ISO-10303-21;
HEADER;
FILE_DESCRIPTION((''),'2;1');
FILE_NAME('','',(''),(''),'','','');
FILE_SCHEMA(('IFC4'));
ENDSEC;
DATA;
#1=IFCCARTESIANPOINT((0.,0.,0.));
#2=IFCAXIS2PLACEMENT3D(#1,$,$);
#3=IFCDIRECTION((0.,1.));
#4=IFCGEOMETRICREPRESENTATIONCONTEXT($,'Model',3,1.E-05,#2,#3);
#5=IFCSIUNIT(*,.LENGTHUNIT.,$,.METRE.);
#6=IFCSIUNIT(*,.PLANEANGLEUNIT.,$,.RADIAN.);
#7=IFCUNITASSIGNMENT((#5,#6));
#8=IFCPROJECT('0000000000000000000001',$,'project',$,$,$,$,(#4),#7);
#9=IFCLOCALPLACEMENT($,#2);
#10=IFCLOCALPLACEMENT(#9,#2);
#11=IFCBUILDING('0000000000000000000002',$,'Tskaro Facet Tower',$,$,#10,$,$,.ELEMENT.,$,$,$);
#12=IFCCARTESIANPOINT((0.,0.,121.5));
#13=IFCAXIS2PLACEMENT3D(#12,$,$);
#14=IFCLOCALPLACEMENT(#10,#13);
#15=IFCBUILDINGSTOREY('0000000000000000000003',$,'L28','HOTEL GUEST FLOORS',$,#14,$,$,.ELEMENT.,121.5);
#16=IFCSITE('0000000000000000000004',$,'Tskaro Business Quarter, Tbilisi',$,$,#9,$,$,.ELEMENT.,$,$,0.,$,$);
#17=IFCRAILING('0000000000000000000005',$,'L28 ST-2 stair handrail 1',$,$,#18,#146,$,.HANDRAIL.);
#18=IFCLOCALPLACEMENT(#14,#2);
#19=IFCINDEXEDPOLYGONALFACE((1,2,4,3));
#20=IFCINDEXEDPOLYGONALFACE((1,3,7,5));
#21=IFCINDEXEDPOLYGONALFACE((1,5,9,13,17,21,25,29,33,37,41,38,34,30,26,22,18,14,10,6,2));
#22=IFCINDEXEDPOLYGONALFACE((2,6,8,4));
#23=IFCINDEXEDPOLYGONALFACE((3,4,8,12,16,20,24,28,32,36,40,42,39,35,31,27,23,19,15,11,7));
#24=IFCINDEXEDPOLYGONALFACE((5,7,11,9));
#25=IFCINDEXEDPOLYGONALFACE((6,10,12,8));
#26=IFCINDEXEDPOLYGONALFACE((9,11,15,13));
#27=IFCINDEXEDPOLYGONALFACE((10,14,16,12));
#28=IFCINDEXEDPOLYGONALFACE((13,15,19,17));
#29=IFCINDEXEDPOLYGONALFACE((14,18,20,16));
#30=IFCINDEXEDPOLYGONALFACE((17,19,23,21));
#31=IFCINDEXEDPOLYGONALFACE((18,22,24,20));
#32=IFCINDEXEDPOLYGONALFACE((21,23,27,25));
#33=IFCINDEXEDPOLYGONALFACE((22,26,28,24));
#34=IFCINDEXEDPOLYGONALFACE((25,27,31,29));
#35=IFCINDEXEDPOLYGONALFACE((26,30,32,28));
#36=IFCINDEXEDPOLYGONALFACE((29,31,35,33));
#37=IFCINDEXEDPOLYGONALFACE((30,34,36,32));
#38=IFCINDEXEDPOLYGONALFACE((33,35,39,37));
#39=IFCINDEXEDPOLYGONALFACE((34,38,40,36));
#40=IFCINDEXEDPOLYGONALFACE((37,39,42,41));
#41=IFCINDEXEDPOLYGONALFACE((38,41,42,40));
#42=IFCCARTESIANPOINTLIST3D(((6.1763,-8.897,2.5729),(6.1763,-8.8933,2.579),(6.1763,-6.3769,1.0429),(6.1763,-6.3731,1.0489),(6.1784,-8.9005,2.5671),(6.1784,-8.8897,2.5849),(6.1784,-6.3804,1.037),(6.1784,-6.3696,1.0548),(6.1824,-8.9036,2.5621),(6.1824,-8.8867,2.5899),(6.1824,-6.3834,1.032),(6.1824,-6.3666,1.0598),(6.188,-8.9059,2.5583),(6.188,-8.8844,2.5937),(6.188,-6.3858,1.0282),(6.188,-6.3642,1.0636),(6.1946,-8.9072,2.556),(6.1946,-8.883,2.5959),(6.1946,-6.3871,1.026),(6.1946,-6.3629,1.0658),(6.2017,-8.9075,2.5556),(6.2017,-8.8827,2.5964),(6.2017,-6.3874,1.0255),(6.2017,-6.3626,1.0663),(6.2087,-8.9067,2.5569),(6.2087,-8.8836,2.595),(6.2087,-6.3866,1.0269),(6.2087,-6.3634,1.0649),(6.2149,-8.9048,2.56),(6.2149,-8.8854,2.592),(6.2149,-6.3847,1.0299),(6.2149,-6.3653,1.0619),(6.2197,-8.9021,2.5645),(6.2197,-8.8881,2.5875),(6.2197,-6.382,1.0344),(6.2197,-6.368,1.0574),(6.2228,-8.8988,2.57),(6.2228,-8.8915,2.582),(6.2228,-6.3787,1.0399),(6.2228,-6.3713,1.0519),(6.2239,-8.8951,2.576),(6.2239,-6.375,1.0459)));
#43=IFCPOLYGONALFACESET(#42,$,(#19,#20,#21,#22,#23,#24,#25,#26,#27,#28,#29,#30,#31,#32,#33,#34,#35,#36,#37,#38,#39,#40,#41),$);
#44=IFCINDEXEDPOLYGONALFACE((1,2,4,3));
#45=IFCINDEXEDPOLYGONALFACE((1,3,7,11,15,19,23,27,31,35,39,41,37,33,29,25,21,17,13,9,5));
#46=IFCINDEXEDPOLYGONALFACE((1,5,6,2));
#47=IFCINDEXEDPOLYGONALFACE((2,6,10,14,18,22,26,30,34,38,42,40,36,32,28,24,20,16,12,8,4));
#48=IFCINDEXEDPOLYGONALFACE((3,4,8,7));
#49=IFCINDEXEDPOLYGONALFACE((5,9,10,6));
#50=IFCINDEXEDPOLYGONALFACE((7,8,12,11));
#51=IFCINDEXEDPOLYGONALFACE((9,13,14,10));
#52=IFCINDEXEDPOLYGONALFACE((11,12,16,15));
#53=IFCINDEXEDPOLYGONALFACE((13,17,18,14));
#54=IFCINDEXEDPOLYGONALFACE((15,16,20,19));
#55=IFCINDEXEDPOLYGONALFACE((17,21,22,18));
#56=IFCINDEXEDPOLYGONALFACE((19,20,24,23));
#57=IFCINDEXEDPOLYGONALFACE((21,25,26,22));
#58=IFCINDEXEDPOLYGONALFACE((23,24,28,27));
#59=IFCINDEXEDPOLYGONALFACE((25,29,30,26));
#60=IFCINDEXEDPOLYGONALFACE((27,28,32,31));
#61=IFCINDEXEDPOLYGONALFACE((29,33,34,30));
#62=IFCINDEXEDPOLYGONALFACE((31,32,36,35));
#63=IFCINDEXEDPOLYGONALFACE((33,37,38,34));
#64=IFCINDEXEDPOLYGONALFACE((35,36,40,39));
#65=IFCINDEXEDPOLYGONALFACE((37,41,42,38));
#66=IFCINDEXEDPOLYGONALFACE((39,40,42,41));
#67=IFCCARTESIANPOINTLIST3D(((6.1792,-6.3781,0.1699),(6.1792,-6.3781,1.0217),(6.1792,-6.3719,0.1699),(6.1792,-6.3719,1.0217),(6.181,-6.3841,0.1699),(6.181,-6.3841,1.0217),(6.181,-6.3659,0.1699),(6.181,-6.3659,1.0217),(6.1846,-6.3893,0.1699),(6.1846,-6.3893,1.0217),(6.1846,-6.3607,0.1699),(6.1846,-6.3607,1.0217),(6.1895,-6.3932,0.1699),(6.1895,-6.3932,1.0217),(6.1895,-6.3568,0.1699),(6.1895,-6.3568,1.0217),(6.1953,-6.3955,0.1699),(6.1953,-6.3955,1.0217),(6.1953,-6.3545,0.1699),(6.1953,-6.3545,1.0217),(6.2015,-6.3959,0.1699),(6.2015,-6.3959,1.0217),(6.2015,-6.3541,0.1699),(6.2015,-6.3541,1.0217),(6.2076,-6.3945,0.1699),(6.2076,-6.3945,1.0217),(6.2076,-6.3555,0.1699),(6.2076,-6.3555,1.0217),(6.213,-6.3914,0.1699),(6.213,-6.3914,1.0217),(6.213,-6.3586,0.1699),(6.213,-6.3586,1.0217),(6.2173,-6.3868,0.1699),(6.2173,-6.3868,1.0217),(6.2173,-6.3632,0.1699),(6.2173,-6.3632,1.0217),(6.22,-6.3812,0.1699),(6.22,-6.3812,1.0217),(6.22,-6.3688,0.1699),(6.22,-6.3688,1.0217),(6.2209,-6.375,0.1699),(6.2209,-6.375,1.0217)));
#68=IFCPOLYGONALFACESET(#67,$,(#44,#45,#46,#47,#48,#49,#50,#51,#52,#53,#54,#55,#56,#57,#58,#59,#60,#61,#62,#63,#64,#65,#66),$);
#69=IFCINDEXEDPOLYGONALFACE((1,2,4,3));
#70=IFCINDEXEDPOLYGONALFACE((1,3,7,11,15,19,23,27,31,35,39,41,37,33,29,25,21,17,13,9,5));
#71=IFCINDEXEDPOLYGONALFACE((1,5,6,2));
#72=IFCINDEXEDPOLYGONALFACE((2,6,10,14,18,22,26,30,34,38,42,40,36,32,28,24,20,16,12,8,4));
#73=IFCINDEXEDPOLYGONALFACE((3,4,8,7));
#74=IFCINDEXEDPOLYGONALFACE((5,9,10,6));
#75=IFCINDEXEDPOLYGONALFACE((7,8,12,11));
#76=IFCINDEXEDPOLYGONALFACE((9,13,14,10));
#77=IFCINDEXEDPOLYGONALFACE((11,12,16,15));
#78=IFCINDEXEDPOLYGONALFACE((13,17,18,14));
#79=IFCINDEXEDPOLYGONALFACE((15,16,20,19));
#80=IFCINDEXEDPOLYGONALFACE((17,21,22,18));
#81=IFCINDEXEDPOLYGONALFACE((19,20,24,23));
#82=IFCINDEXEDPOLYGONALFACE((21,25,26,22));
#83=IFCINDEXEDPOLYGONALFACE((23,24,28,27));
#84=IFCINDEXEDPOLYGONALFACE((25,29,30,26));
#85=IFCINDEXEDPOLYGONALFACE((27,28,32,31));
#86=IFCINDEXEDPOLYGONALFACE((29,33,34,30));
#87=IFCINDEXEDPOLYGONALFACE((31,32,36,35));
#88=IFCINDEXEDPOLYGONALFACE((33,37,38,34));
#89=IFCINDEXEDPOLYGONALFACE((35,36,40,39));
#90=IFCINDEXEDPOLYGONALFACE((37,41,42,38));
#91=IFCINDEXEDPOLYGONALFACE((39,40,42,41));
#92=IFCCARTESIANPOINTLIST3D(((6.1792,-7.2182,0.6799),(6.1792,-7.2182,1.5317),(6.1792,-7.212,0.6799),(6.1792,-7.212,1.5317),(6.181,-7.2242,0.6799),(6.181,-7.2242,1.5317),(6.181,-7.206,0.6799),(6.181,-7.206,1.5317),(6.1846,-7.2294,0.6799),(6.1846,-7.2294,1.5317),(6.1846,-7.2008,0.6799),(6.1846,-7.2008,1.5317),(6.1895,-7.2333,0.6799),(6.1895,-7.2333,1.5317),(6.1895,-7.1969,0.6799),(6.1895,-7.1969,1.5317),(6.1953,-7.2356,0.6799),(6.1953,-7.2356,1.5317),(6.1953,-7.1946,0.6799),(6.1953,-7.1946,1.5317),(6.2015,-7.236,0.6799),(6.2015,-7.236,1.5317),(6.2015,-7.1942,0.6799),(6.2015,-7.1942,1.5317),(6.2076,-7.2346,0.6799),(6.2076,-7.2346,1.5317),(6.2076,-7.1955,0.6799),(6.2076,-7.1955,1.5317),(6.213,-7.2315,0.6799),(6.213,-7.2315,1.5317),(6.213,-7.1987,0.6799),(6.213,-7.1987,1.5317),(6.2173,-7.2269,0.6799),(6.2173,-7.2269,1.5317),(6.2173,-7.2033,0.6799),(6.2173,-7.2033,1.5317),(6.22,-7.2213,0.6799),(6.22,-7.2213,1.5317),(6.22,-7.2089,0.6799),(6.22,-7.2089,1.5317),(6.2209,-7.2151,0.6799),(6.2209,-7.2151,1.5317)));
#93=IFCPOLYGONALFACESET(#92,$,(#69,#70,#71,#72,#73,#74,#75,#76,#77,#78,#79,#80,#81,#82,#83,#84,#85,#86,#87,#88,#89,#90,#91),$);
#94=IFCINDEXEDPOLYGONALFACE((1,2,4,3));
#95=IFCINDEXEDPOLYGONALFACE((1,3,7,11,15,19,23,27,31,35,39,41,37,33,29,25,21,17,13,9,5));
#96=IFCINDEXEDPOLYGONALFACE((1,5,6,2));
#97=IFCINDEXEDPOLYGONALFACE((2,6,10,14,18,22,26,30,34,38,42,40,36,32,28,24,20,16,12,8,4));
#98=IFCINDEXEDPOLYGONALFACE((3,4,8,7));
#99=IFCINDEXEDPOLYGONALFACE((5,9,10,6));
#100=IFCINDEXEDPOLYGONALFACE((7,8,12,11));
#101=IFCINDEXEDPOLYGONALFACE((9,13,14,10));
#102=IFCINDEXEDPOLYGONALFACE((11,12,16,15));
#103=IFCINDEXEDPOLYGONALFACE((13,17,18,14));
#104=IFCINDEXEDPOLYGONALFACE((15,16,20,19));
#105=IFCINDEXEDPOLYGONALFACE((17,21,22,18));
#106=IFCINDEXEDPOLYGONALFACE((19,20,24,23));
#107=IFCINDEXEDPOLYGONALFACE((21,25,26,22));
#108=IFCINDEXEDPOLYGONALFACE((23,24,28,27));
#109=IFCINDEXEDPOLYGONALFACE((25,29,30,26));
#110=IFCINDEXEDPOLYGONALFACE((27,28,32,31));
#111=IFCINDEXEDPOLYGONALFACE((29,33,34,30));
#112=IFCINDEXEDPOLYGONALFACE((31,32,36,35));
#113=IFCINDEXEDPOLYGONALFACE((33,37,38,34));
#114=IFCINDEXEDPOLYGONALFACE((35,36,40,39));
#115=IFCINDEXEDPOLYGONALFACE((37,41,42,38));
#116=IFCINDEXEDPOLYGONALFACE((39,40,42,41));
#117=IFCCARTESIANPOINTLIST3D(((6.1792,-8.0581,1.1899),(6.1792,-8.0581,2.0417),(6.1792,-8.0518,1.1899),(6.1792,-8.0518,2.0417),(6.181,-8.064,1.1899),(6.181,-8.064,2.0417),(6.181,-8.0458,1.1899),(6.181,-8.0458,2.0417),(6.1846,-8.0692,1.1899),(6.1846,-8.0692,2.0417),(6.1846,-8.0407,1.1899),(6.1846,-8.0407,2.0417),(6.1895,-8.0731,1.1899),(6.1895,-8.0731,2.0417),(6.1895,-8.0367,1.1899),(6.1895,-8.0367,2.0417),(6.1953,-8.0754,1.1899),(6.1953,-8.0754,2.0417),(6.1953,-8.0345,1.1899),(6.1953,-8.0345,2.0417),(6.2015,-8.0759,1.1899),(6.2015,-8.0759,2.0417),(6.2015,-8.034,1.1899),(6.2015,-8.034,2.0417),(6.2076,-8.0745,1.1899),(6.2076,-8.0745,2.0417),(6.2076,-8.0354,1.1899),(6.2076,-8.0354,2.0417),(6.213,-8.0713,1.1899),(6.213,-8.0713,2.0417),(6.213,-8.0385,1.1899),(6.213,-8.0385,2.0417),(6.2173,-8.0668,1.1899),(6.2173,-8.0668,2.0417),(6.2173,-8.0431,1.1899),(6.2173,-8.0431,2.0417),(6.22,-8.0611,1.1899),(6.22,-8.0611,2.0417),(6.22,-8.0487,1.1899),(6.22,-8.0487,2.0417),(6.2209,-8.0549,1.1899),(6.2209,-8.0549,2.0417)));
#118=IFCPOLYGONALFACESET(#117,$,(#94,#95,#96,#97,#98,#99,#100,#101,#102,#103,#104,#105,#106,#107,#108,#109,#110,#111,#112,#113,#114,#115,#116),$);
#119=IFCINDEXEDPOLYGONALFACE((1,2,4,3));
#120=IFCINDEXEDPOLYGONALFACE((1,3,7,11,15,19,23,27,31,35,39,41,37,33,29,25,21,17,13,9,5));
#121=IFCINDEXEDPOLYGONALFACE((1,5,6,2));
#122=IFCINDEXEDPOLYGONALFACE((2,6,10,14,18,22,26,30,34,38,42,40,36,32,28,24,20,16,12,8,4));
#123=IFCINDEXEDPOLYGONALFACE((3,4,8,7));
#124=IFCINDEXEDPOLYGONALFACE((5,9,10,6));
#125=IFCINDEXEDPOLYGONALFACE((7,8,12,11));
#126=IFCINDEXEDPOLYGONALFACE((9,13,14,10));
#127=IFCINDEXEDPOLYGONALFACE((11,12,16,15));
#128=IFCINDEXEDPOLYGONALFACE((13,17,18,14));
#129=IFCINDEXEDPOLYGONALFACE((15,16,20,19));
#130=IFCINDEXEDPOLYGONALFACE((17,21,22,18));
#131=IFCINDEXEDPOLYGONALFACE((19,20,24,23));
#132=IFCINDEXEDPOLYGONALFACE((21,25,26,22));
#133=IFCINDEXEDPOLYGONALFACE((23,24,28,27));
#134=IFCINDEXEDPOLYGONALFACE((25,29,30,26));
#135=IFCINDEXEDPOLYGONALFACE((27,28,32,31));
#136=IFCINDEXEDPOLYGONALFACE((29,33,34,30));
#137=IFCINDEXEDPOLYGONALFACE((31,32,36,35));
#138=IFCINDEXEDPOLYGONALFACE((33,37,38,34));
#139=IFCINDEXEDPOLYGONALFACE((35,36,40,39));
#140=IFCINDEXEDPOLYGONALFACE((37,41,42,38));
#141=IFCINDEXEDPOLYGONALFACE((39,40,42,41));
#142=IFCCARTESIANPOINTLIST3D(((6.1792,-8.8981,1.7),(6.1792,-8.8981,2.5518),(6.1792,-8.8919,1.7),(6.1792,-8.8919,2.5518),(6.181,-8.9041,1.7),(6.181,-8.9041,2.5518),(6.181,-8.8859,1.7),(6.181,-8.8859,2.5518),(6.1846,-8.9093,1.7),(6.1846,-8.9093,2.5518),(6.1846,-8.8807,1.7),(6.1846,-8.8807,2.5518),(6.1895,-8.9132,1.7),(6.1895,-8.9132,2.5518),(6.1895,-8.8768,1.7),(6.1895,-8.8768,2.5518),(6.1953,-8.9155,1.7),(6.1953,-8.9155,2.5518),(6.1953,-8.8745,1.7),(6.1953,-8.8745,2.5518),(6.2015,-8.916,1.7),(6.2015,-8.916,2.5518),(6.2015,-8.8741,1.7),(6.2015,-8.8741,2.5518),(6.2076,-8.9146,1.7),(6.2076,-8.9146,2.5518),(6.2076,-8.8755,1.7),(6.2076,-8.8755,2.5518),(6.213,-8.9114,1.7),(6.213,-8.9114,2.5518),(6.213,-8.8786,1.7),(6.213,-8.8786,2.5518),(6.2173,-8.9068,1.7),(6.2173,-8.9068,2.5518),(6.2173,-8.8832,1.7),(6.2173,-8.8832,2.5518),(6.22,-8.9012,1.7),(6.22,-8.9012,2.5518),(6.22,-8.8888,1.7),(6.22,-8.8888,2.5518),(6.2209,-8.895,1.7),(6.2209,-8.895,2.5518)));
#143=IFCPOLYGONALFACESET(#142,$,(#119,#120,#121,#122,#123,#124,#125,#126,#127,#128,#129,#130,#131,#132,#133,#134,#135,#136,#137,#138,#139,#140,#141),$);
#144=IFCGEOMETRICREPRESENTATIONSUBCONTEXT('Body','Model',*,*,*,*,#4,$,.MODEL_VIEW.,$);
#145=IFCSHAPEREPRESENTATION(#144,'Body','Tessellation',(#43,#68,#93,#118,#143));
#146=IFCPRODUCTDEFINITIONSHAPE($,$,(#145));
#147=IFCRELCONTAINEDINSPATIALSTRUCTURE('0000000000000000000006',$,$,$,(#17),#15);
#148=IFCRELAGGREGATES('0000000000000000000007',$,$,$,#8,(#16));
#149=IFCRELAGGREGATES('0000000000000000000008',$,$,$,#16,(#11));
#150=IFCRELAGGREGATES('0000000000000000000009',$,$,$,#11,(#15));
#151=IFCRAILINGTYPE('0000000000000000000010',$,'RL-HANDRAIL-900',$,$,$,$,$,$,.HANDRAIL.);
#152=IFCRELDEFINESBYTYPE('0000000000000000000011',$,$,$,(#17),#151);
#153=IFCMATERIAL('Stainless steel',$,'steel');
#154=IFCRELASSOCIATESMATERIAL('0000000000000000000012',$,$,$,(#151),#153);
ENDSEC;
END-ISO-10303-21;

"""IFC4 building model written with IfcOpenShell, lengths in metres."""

from ifc_helpers import new_model, si_unit, direction, frame, origin, origin_2d, place, context, subcontext, project, spatial, circle, extrude, material, type_object, element, save


model = new_model("IFC4")

# Units and contexts
model_context = context("Model", 3, precision=1e-05, world=origin(), true_north=direction((0.0, 1.0)))
body_context = subcontext(model_context, "Body", "Model", "MODEL_VIEW")
ifc_project = project(units=[si_unit("LENGTHUNIT", "METRE"), si_unit("PLANEANGLEUNIT", "RADIAN")], contexts=[model_context])

# Site, building, storey
site_placement = place(None, origin())
site = spatial("IfcSite", under=ifc_project, at=site_placement, Name="Tskaro Business Quarter, Tbilisi", CompositionType="ELEMENT", RefElevation=0.0)
building_placement = place(site_placement, origin())
building = spatial("IfcBuilding", under=site, at=building_placement, Name="Tskaro Facet Tower", CompositionType="ELEMENT")
storey_placement = place(building_placement, frame((0.0, 0.0, 121.5)))
storey = spatial("IfcBuildingStorey", under=building, at=storey_placement, Name="L28", Description="HOTEL GUEST FLOORS", CompositionType="ELEMENT", Elevation=121.5)

# Railing
ifc_material_1 = material(Name="Stainless steel", Category="steel")
railing_type_1 = type_object("IfcRailingType", Name="RL-HANDRAIL-900", PredefinedType="HANDRAIL", material=ifc_material_1)
railing_1_placement = place(storey_placement, frame((6.2, -6.375, 0.1699)))
element("IfcRailing", 1, at=railing_1_placement, inside=storey, type_object=railing_type_1, Name="L28 ST-2 stair handrail 1", PredefinedType="HANDRAIL", context=body_context, shape_type="SweptSolid", body=[
    extrude(circle(Radius=0.0239, at=origin_2d()), frame((0.0, 0.0, 0.876), z_axis=(0.0, -0.854785, 0.518982), x_axis=(1.0, 0.0, 0.0)), (0.0, 0.0, 1.0), 2.9482),
    extrude(circle(Radius=0.021, at=origin_2d()), origin(), (0.0, 0.0, 1.0), 0.8518),
    extrude(circle(Radius=0.021, at=origin_2d()), frame((0.0, -0.8401, 0.51)), (0.0, 0.0, 1.0), 0.8518),
    extrude(circle(Radius=0.021, at=origin_2d()), frame((0.0, -1.6799, 1.02)), (0.0, 0.0, 1.0), 0.8518),
    extrude(circle(Radius=0.021, at=origin_2d()), frame((0.0, -2.52, 1.53)), (0.0, 0.0, 1.0), 0.8518),
])

save(model, "model.ifc")
